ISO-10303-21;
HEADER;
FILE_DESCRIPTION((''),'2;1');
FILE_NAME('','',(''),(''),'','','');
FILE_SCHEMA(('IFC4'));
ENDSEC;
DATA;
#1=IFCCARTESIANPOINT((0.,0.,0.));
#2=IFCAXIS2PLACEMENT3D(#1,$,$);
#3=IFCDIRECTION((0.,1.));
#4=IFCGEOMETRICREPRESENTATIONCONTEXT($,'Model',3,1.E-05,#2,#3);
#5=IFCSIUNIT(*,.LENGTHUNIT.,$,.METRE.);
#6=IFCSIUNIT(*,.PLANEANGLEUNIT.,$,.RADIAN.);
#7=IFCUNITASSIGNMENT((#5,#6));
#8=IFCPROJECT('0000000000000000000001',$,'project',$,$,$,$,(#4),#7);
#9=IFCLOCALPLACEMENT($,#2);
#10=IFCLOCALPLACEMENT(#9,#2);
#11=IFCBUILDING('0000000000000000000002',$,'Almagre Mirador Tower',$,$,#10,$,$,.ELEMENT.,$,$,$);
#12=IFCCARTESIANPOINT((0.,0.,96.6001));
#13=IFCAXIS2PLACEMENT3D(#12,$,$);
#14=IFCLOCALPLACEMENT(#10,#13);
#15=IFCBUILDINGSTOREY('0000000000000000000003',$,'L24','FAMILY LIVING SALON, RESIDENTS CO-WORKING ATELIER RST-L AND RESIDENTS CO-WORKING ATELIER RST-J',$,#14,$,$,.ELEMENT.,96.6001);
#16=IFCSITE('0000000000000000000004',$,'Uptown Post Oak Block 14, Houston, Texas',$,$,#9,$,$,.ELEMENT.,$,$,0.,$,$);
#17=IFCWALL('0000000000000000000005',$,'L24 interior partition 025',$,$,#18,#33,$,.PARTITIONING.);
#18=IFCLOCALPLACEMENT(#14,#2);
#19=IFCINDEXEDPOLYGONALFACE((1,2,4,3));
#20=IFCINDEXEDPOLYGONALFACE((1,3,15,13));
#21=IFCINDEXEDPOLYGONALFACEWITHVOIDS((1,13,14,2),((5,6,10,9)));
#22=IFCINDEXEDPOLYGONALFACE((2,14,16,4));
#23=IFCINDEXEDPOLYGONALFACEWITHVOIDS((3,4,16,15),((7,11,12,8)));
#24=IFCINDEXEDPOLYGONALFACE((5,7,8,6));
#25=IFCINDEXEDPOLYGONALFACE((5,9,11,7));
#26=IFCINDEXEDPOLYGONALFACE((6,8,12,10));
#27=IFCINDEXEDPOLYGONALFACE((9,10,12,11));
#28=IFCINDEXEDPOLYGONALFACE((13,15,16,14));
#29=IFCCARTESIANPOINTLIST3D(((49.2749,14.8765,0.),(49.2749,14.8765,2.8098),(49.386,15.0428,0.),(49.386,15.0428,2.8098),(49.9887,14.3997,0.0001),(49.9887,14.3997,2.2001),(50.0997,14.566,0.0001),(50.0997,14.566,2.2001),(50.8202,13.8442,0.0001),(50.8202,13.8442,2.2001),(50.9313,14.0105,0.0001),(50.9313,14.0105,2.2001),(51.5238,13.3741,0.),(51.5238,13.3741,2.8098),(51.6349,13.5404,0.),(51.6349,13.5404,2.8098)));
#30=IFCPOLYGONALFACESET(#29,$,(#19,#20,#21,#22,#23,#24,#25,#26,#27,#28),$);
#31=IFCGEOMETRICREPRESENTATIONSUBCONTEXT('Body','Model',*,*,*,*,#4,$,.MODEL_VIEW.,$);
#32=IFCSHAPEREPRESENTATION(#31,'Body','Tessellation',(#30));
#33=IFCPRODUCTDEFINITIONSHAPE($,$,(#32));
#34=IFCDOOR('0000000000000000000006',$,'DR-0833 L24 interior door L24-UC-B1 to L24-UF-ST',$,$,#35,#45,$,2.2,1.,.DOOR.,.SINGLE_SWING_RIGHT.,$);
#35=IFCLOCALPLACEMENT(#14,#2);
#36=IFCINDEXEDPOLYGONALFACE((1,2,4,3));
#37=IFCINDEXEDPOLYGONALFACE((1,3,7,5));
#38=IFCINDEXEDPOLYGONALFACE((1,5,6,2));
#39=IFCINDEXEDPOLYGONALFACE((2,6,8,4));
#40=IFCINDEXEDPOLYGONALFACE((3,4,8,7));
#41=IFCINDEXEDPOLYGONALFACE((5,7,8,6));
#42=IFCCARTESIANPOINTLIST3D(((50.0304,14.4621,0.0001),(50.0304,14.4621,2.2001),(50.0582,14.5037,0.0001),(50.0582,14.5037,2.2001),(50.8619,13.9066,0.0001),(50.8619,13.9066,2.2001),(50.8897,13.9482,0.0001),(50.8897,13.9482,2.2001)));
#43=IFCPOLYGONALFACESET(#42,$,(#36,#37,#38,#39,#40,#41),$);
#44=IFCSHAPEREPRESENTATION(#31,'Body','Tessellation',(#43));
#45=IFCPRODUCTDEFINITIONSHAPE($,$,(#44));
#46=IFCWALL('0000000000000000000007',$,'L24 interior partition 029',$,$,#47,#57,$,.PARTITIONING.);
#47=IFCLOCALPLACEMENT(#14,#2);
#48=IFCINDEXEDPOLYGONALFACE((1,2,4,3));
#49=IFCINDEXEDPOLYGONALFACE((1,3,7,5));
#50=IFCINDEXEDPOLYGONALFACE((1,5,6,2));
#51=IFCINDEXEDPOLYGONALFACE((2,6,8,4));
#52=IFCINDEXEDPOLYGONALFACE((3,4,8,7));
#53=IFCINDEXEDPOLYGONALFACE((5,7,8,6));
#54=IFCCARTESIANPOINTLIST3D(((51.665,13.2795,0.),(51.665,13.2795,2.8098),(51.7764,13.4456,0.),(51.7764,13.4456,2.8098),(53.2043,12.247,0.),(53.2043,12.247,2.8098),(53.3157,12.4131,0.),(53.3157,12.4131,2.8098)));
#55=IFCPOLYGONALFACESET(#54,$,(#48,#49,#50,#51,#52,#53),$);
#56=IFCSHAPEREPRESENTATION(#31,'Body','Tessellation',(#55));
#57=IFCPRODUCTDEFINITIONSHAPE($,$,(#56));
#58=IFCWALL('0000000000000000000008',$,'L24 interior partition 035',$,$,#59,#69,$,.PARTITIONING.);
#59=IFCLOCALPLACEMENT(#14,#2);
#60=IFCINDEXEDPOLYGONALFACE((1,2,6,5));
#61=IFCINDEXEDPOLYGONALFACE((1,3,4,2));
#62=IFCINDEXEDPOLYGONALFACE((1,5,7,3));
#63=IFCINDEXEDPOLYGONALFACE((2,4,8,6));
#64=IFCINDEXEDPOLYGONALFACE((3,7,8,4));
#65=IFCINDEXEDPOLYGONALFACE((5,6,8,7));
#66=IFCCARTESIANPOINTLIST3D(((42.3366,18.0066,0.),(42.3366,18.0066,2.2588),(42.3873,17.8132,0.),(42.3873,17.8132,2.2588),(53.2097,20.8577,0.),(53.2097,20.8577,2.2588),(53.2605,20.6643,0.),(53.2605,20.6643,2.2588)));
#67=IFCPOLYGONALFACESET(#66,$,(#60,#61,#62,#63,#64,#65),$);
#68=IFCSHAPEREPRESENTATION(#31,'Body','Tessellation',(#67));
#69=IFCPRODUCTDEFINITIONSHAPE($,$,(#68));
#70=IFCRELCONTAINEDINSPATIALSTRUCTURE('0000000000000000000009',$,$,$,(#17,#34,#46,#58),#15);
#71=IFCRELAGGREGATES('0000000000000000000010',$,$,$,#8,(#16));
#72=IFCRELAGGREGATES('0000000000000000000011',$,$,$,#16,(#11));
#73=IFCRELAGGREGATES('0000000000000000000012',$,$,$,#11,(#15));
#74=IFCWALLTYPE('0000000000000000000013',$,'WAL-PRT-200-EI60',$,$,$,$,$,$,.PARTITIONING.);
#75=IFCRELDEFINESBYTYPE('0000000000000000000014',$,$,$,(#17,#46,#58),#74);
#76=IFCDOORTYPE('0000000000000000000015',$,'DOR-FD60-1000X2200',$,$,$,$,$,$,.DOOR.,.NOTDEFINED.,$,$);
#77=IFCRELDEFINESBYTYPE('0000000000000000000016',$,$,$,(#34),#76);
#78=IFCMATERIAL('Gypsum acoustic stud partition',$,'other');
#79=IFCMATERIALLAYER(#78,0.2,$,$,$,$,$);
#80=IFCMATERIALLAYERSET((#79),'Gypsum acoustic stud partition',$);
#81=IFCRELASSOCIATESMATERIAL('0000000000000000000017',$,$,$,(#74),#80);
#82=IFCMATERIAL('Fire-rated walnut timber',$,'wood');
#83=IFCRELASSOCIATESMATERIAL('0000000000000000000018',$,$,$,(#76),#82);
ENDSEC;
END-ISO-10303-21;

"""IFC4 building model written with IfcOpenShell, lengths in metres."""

from ifc_helpers import new_model, si_unit, direction, frame, frame_2d, origin, place, context, subcontext, project, spatial, rectangle, extrude, material, layer, layer_set, type_object, element, fill, save


model = new_model("IFC4")

# Units and contexts
model_context = context("Model", 3, precision=1e-05, world=origin(), true_north=direction((0.0, 1.0)))
body_context = subcontext(model_context, "Body", "Model", "MODEL_VIEW")
ifc_project = project(units=[si_unit("LENGTHUNIT", "METRE"), si_unit("PLANEANGLEUNIT", "RADIAN")], contexts=[model_context])

# Site, building, storey
site_placement = place(None, origin())
site = spatial("IfcSite", under=ifc_project, at=site_placement, Name="Uptown Post Oak Block 14, Houston, Texas", CompositionType="ELEMENT", RefElevation=0.0)
building_placement = place(site_placement, origin())
building = spatial("IfcBuilding", under=site, at=building_placement, Name="Almagre Mirador Tower", CompositionType="ELEMENT")
storey_placement = place(building_placement, frame((0.0, 0.0, 96.6001)))
storey = spatial("IfcBuildingStorey", under=building, at=storey_placement, Name="L24", Description="FAMILY LIVING SALON, RESIDENTS CO-WORKING ATELIER RST-L AND RESIDENTS CO-WORKING ATELIER RST-J", CompositionType="ELEMENT", Elevation=96.6001)

# Wall, opening, door
ifc_material_1 = material(Name="Gypsum acoustic stud partition", Category="other")
ifc_layer_1 = layer(ifc_material_1, 0.2)
ifc_layer_set_1 = layer_set([ifc_layer_1], Name="Gypsum acoustic stud partition")
wall_type_1 = type_object("IfcWallType", Name="WAL-PRT-200-EI60", PredefinedType="PARTITIONING", material=ifc_layer_set_1)
wall_1_placement = place(storey_placement, frame((51.5793, 13.4573, 0.0), z_axis=(0.0, 0.0, 1.0), x_axis=(-0.831522, 0.555492, 0.0)))
wall_1 = element("IfcWall", 1, at=wall_1_placement, inside=storey, type_object=wall_type_1, Name="L24 interior partition 025", PredefinedType="PARTITIONING", context=body_context, shape_type="SweptSolid", body=[
    extrude(rectangle(XDim=2.7046, YDim=0.2, at=frame_2d((1.3523, 0.0))), origin(), (0.0, 0.0, 1.0), 2.8098),
])
opening_1_placement = place(wall_1_placement, frame((0.8462, 0.0, 0.0)))
opening_1 = element("IfcOpeningElement", 2, at=opening_1_placement, cuts=wall_1, PredefinedType="OPENING", context=body_context, shape_type="SweptSolid", body=[
    extrude(rectangle(XDim=1.0, YDim=2.2, at=frame_2d((0.5, 1.1001))), frame((0.0, 0.1101, 0.0), z_axis=(0.0, -1.0, 0.0), x_axis=(1.0, 0.0, 0.0)), (0.0, 0.0, 1.0), 0.22),
])
ifc_material_2 = material(Name="Fire-rated walnut timber", Category="wood")
door_type_1 = type_object("IfcDoorType", Name="DOR-FD60-1000X2200", OperationType="NOTDEFINED", PredefinedType="DOOR", material=ifc_material_2)
door_1_placement = place(opening_1_placement, origin())
door_1 = element("IfcDoor", 3, at=door_1_placement, inside=storey, type_object=door_type_1, Name="DR-0833 L24 interior door L24-UC-B1 to L24-UF-ST", OperationType="SINGLE_SWING_RIGHT", OverallHeight=2.2, OverallWidth=1.0, PredefinedType="DOOR", context=body_context, shape_type="SweptSolid", body=[
    extrude(rectangle(XDim=1.0, YDim=2.2, at=frame_2d((0.5, 1.1001))), frame((0.0, 0.0249, 0.0), z_axis=(0.0, -1.0, 0.0), x_axis=(1.0, 0.0, 0.0)), (0.0, 0.0, 1.0), 0.05),
])
fill(opening_1, door_1)

# Walls
wall_2_placement = place(storey_placement, frame((53.26, 12.3301, 0.0), z_axis=(0.0, 0.0, 1.0), x_axis=(-0.830487, 0.557039, 0.0)))
element("IfcWall", 4, at=wall_2_placement, inside=storey, type_object=wall_type_1, Name="L24 interior partition 029", PredefinedType="PARTITIONING", context=body_context, shape_type="SweptSolid", body=[
    extrude(rectangle(XDim=1.8535, YDim=0.2, at=frame_2d((0.9268, 0.0))), origin(), (0.0, 0.0, 1.0), 2.8098),
])
wall_3_placement = place(storey_placement, frame((53.2351, 20.761, 0.0), z_axis=(0.0, 0.0, 1.0), x_axis=(-0.967299, -0.25364, 0.0)))
element("IfcWall", 5, at=wall_3_placement, inside=storey, type_object=wall_type_1, Name="L24 interior partition 035", PredefinedType="PARTITIONING", context=body_context, shape_type="SweptSolid", body=[
    extrude(rectangle(XDim=11.2407, YDim=0.2, at=frame_2d((5.6204, 0.0))), origin(), (0.0, 0.0, 1.0), 2.2588),
])

save(model, "model.ifc")
